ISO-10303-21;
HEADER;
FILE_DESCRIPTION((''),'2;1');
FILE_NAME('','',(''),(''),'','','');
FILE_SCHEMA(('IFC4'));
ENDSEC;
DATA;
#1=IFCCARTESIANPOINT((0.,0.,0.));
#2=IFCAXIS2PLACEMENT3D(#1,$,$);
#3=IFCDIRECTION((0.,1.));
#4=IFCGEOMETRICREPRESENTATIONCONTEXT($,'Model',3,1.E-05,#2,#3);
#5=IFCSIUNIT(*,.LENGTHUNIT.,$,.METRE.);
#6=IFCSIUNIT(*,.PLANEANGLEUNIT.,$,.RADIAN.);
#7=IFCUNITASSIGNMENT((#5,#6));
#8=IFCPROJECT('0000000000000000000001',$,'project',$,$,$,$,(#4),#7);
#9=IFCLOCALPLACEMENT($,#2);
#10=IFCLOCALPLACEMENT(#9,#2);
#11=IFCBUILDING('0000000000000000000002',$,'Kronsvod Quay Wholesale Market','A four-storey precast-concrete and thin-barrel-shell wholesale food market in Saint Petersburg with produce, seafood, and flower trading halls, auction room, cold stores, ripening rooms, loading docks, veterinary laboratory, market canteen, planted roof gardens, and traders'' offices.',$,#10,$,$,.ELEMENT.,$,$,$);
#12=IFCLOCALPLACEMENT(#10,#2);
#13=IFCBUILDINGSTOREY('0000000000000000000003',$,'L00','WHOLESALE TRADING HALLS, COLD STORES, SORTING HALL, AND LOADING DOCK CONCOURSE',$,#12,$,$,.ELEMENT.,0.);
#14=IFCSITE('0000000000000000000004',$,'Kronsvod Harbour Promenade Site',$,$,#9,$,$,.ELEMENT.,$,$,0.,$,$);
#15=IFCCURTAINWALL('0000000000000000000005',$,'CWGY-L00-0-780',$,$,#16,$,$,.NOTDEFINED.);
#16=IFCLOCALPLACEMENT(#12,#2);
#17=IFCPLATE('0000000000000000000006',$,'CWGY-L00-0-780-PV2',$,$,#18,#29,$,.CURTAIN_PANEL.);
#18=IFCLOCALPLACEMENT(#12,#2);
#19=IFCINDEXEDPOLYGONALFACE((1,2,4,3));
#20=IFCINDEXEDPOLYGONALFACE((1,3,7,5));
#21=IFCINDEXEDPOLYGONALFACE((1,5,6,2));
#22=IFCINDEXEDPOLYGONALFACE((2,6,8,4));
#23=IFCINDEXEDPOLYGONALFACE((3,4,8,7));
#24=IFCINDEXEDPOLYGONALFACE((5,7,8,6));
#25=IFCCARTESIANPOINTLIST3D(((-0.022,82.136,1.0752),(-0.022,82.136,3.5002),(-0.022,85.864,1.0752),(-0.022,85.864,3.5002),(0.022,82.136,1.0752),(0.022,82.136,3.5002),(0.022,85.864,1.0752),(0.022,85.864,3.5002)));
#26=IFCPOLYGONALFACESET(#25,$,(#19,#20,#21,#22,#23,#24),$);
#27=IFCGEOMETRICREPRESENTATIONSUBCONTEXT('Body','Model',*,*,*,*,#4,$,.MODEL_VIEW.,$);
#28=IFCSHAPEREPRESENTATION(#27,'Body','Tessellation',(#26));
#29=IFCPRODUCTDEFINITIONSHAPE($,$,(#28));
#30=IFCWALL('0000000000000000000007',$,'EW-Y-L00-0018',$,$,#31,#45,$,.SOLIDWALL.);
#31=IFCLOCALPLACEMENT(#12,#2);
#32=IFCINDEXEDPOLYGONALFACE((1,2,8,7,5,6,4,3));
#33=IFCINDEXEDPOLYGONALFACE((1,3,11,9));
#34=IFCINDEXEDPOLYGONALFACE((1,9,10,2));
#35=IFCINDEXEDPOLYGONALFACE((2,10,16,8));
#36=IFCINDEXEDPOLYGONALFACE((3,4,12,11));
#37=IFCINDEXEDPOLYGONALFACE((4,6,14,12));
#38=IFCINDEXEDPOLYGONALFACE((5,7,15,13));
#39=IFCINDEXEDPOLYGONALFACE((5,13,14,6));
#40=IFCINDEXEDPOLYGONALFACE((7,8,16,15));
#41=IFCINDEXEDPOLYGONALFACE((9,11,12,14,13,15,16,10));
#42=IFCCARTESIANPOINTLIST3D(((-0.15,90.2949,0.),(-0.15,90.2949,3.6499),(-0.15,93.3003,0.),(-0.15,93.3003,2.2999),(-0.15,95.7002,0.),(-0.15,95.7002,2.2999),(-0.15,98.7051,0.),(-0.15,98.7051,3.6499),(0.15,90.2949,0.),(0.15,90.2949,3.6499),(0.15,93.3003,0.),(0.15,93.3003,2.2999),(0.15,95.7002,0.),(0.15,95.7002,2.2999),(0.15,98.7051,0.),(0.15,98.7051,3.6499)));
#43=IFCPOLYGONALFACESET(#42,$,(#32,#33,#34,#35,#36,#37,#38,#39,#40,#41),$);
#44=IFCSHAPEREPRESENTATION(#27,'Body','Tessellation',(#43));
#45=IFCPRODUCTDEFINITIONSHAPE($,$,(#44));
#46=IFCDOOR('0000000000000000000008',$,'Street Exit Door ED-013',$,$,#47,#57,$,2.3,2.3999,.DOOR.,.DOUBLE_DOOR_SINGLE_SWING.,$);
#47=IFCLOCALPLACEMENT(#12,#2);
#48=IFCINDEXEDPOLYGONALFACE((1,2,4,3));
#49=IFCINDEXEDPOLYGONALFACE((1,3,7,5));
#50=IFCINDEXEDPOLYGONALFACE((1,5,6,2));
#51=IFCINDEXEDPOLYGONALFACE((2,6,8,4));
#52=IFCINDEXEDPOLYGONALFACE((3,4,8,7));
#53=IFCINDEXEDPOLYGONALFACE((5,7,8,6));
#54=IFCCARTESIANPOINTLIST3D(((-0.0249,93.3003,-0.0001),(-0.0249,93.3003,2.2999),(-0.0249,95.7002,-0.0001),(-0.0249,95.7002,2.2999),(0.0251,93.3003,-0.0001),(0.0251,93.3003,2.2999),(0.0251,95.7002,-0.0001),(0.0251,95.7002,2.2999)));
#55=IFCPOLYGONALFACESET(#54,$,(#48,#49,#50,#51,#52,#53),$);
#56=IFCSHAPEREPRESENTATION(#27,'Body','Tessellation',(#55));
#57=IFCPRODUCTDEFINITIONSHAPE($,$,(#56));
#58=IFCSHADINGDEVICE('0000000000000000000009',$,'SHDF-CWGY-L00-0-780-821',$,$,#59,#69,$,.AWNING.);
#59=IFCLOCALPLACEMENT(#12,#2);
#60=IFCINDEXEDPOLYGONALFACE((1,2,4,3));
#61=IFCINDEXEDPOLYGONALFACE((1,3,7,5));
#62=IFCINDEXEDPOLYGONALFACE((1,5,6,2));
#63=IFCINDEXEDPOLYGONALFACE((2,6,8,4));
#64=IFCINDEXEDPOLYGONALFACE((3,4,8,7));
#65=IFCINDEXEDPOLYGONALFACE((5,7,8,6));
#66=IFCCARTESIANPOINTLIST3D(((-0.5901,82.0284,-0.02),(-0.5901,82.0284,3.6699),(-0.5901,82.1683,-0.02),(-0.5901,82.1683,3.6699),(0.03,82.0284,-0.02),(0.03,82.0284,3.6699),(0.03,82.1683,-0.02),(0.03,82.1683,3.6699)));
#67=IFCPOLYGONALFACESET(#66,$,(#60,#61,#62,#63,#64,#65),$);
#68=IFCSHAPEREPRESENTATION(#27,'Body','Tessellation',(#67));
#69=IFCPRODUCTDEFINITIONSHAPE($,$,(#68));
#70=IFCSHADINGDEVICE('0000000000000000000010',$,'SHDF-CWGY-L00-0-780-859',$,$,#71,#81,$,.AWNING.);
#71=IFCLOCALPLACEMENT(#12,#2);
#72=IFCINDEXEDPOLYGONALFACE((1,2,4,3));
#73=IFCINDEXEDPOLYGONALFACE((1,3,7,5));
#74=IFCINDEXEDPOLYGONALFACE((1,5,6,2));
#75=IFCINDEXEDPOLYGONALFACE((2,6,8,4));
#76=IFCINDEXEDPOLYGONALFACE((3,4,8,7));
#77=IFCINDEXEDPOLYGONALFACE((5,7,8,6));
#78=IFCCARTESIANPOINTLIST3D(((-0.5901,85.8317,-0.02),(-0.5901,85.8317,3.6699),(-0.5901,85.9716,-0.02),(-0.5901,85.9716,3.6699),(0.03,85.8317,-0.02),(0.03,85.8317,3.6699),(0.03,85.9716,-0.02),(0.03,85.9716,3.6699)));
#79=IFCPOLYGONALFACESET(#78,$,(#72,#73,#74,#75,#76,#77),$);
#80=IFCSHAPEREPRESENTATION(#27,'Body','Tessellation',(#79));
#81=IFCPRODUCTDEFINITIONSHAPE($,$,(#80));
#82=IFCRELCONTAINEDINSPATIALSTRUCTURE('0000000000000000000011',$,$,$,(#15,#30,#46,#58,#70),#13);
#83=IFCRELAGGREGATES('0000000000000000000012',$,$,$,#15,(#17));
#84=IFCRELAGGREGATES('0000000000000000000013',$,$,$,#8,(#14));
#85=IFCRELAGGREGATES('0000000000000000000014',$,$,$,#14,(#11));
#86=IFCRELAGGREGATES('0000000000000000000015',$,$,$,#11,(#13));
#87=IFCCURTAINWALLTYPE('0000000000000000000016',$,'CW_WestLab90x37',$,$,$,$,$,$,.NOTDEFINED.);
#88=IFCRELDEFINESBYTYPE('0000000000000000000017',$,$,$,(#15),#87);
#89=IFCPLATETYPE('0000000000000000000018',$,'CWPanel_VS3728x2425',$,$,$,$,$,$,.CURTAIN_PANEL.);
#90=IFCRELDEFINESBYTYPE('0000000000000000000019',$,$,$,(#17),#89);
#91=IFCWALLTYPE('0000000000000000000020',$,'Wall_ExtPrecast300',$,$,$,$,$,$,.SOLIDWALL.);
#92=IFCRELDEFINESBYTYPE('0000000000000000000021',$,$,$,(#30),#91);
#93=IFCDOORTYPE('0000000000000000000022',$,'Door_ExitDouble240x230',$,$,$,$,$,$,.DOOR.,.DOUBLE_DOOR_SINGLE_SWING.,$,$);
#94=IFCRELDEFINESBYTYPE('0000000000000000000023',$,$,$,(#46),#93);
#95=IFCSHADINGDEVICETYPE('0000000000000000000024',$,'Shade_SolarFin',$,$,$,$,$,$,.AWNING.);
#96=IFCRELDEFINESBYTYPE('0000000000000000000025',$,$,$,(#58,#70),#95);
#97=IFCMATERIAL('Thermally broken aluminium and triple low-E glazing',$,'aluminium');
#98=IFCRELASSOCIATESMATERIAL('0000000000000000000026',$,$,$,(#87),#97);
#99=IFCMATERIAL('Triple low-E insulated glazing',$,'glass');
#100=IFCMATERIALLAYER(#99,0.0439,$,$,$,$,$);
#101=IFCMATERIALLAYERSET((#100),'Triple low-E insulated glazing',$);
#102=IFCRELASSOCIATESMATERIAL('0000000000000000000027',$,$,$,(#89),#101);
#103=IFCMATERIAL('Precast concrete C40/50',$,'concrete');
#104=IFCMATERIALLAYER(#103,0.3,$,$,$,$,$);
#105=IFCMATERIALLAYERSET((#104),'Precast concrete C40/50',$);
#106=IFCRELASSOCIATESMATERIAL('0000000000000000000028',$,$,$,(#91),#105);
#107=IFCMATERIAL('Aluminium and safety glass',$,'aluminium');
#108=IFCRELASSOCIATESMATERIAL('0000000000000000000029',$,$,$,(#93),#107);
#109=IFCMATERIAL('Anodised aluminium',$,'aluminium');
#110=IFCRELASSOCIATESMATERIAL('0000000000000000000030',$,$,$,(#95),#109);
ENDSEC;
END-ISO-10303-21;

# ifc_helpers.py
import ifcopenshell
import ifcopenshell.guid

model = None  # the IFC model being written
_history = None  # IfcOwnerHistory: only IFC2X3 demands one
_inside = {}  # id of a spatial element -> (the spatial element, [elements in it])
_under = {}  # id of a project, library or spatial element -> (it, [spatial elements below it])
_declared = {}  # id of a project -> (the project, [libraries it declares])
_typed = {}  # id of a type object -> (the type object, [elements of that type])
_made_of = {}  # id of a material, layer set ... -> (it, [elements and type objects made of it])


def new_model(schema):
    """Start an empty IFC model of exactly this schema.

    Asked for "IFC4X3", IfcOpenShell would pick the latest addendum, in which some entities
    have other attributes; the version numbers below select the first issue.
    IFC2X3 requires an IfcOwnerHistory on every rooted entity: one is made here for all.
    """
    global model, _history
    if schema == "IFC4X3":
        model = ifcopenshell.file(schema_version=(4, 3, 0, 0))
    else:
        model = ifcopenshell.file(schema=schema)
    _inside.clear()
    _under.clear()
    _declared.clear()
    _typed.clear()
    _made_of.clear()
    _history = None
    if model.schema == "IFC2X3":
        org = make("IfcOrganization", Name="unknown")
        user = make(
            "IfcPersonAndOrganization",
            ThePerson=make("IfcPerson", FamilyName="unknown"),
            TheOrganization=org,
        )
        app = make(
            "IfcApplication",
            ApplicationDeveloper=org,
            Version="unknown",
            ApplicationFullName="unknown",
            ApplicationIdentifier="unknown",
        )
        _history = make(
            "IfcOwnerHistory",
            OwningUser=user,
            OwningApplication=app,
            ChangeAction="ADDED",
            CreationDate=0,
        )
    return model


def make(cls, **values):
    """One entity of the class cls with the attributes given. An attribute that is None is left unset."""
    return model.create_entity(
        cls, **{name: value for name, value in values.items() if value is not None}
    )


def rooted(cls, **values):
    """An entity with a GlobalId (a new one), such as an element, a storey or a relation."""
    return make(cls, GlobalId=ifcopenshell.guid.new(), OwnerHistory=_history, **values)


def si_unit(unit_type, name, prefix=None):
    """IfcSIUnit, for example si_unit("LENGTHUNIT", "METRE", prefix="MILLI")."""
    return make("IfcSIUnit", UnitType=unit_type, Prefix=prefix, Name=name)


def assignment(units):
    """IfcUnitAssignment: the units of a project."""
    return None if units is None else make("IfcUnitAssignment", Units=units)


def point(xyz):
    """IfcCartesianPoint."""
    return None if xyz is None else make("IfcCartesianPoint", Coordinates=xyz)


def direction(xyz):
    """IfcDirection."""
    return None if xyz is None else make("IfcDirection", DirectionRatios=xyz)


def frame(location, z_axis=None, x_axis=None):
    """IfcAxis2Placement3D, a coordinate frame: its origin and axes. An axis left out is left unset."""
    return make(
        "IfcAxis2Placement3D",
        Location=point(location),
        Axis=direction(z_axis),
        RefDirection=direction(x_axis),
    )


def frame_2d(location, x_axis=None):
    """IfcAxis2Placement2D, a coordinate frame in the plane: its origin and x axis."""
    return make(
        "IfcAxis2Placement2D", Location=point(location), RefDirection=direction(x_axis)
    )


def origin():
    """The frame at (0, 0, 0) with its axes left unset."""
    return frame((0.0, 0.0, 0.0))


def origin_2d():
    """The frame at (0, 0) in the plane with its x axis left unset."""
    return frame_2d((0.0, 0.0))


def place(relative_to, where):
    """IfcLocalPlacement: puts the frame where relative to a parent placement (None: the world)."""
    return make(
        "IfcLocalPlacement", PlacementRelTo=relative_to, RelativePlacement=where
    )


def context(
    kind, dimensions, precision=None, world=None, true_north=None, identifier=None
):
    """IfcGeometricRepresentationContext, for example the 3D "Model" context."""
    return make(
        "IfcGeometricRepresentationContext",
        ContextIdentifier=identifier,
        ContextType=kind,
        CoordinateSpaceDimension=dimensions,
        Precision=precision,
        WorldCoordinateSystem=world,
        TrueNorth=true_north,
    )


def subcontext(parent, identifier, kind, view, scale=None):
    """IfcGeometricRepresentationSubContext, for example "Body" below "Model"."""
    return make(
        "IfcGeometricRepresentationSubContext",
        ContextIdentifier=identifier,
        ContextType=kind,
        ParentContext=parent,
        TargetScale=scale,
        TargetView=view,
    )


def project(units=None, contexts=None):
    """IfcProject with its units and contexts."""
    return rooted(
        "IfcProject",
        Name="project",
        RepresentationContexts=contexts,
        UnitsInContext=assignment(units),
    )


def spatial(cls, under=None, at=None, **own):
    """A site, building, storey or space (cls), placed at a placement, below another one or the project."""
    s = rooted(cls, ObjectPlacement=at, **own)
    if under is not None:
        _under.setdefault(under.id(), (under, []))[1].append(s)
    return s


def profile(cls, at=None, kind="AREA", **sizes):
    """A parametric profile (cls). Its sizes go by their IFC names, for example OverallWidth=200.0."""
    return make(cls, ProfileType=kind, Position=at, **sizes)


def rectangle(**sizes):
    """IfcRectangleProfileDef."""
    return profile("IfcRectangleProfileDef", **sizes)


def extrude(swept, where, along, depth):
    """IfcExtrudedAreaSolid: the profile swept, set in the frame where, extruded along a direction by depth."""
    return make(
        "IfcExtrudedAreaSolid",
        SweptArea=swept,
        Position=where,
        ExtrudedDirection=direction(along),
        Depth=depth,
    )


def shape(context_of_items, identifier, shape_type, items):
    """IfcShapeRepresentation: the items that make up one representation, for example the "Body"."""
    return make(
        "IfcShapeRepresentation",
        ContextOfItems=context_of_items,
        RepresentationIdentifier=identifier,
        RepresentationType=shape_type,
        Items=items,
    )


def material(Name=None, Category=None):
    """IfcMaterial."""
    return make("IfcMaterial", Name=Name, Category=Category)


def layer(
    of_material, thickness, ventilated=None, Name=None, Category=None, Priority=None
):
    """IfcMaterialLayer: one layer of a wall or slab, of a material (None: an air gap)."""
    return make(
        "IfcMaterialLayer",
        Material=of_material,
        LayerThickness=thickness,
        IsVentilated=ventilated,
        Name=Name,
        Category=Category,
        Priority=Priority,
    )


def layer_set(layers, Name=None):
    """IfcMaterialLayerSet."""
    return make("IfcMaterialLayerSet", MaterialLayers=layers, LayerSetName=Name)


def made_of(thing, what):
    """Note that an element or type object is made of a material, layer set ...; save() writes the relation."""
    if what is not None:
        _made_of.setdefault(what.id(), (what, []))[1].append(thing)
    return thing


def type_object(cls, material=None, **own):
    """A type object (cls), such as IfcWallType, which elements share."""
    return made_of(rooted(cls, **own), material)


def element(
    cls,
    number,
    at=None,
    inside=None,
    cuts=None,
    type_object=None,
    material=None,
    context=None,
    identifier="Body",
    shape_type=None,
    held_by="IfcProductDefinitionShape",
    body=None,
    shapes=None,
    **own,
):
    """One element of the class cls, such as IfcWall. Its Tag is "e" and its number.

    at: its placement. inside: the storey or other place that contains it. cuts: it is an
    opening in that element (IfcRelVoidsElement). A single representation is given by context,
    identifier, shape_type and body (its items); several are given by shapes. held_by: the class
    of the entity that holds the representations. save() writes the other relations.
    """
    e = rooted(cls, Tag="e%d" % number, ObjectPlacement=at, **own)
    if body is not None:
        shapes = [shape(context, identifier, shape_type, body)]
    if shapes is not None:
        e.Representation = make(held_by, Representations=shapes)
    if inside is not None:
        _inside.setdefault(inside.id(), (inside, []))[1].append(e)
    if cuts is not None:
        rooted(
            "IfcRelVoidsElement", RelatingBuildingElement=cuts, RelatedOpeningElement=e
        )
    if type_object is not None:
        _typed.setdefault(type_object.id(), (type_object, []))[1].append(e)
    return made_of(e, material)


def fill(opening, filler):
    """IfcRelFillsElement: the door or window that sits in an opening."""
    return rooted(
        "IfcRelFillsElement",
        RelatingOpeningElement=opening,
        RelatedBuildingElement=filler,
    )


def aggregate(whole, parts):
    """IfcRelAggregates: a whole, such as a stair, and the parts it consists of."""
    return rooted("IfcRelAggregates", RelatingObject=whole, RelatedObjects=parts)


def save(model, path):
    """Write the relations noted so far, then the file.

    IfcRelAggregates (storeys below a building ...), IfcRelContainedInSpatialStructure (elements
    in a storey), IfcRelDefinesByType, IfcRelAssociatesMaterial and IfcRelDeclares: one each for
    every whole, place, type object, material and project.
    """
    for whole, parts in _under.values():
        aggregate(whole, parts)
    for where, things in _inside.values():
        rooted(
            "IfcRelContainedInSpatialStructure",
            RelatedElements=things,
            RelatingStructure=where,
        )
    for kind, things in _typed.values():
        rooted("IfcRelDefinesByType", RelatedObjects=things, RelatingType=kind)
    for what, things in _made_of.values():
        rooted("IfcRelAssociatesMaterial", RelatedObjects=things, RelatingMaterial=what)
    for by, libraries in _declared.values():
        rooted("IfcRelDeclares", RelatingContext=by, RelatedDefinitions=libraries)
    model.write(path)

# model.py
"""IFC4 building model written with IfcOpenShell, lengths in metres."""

from ifc_helpers import new_model, si_unit, direction, frame, frame_2d, origin, origin_2d, place, context, subcontext, project, spatial, rectangle, extrude, material, layer, layer_set, type_object, element, fill, aggregate, save


model = new_model("IFC4")

# Units and contexts
model_context = context("Model", 3, precision=1e-05, world=origin(), true_north=direction((0.0, 1.0)))
body_context = subcontext(model_context, "Body", "Model", "MODEL_VIEW")
ifc_project = project(units=[si_unit("LENGTHUNIT", "METRE"), si_unit("PLANEANGLEUNIT", "RADIAN")], contexts=[model_context])

# Site, building, storey
site_placement = place(None, origin())
site = spatial("IfcSite", under=ifc_project, at=site_placement, Name="Kronsvod Harbour Promenade Site", CompositionType="ELEMENT", RefElevation=0.0)
building_placement = place(site_placement, origin())
building = spatial("IfcBuilding", under=site, at=building_placement, Name="Kronsvod Quay Wholesale Market", Description="A four-storey precast-concrete and thin-barrel-shell wholesale food market in Saint Petersburg with produce, seafood, and flower trading halls, auction room, cold stores, ripening rooms, loading docks, veterinary laboratory, market canteen, planted roof gardens, and traders' offices.", CompositionType="ELEMENT")
storey_placement = place(building_placement, origin())
storey = spatial("IfcBuildingStorey", under=building, at=storey_placement, Name="L00", Description="WHOLESALE TRADING HALLS, COLD STORES, SORTING HALL, AND LOADING DOCK CONCOURSE", CompositionType="ELEMENT", Elevation=0.0)

# Curtain wall, plate
ifc_material_1 = material(Name="Thermally broken aluminium and triple low-E glazing", Category="aluminium")
curtain_wall_type = type_object("IfcCurtainWallType", Name="CW_WestLab90x37", PredefinedType="NOTDEFINED", material=ifc_material_1)
curtain_wall_placement = place(storey_placement, origin())
curtain_wall = element("IfcCurtainWall", 1, at=curtain_wall_placement, inside=storey, type_object=curtain_wall_type, Name="CWGY-L00-0-780", PredefinedType="NOTDEFINED")
ifc_material_2 = material(Name="Triple low-E insulated glazing", Category="glass")
ifc_layer_1 = layer(ifc_material_2, 0.0439)
ifc_layer_set_1 = layer_set([ifc_layer_1], Name="Triple low-E insulated glazing")
plate_type_1 = type_object("IfcPlateType", Name="CWPanel_VS3728x2425", PredefinedType="CURTAIN_PANEL", material=ifc_layer_set_1)
plate_1_placement = place(storey_placement, frame((0.0, 84.0, 1.0752), z_axis=(0.0, 0.0, 1.0), x_axis=(0.0, -1.0, 0.0)))
plate_1 = element("IfcPlate", 2, at=plate_1_placement, type_object=plate_type_1, Name="CWGY-L00-0-780-PV2", PredefinedType="CURTAIN_PANEL", context=body_context, shape_type="SweptSolid", body=[
    extrude(rectangle(XDim=3.728, YDim=0.0439, at=origin_2d()), origin(), (0.0, 0.0, 1.0), 2.425),
])
aggregate(curtain_wall, [plate_1])

# Wall, opening, door
ifc_material_3 = material(Name="Precast concrete C40/50", Category="concrete")
ifc_layer_2 = layer(ifc_material_3, 0.3)
ifc_layer_set_2 = layer_set([ifc_layer_2], Name="Precast concrete C40/50")
wall_type = type_object("IfcWallType", Name="Wall_ExtPrecast300", PredefinedType="SOLIDWALL", material=ifc_layer_set_2)
wall_placement = place(storey_placement, frame((0.0, 98.7051, 0.0), z_axis=(0.0, 0.0, 1.0), x_axis=(0.0, -1.0, 0.0)))
wall = element("IfcWall", 3, at=wall_placement, inside=storey, type_object=wall_type, Name="EW-Y-L00-0018", PredefinedType="SOLIDWALL", context=body_context, shape_type="SweptSolid", body=[
    extrude(rectangle(XDim=8.4102, YDim=0.3, at=frame_2d((4.2051, 0.0))), origin(), (0.0, 0.0, 1.0), 3.6499),
])
opening_placement = place(wall_placement, frame((3.0049, 0.0, 0.0)))
opening = element("IfcOpeningElement", 4, at=opening_placement, cuts=wall, PredefinedType="OPENING", context=body_context, shape_type="SweptSolid", body=[
    extrude(rectangle(XDim=2.3999, YDim=2.3, at=frame_2d((1.2, 1.1499))), frame((0.0, 0.1602, 0.0), z_axis=(0.0, -1.0, 0.0), x_axis=(1.0, 0.0, 0.0)), (0.0, 0.0, 1.0), 0.3201),
])
ifc_material_4 = material(Name="Aluminium and safety glass", Category="aluminium")
door_type = type_object("IfcDoorType", Name="Door_ExitDouble240x230", OperationType="DOUBLE_DOOR_SINGLE_SWING", PredefinedType="DOOR", material=ifc_material_4)
door_placement = place(opening_placement, frame((2.3999, 0.0, 0.0), z_axis=(0.0, 0.0, 1.0), x_axis=(-1.0, 0.0, 0.0)))
door = element("IfcDoor", 5, at=door_placement, inside=storey, type_object=door_type, Name="Street Exit Door ED-013", OperationType="DOUBLE_DOOR_SINGLE_SWING", OverallHeight=2.3, OverallWidth=2.3999, PredefinedType="DOOR", context=body_context, shape_type="SweptSolid", body=[
    extrude(rectangle(XDim=2.3999, YDim=2.3, at=frame_2d((1.2, 1.1499))), frame((0.0, 0.0249, 0.0), z_axis=(0.0, -1.0, 0.0), x_axis=(1.0, 0.0, 0.0)), (0.0, 0.0, 1.0), 0.05),
])
fill(opening, door)

# Shading devices
ifc_material_5 = material(Name="Anodised aluminium", Category="aluminium")
shading_device_type = type_object("IfcShadingDeviceType", Name="Shade_SolarFin", PredefinedType="AWNING", material=ifc_material_5)
for number, where, z_axis, x_axis, name in (
    (6, (-0.28, 82.0984, -0.02), (0.0, 0.0, 1.0), (1.0, 0.0, 0.0), "SHDF-CWGY-L00-0-780-821"),
    (7, (-0.28, 85.9016, -0.02), (0.0, 0.0, 1.0), (1.0, 0.0, 0.0), "SHDF-CWGY-L00-0-780-859"),
):
    element("IfcShadingDevice", number, at=place(storey_placement, frame(where, z_axis=z_axis, x_axis=x_axis)), inside=storey, type_object=shading_device_type, Name=name, PredefinedType="AWNING", context=body_context, shape_type="SweptSolid", body=[
        extrude(rectangle(XDim=0.6201, YDim=0.1399, at=origin_2d()), origin(), (0.0, 0.0, 1.0), 3.6899),
    ])

save(model, "model.ifc")
